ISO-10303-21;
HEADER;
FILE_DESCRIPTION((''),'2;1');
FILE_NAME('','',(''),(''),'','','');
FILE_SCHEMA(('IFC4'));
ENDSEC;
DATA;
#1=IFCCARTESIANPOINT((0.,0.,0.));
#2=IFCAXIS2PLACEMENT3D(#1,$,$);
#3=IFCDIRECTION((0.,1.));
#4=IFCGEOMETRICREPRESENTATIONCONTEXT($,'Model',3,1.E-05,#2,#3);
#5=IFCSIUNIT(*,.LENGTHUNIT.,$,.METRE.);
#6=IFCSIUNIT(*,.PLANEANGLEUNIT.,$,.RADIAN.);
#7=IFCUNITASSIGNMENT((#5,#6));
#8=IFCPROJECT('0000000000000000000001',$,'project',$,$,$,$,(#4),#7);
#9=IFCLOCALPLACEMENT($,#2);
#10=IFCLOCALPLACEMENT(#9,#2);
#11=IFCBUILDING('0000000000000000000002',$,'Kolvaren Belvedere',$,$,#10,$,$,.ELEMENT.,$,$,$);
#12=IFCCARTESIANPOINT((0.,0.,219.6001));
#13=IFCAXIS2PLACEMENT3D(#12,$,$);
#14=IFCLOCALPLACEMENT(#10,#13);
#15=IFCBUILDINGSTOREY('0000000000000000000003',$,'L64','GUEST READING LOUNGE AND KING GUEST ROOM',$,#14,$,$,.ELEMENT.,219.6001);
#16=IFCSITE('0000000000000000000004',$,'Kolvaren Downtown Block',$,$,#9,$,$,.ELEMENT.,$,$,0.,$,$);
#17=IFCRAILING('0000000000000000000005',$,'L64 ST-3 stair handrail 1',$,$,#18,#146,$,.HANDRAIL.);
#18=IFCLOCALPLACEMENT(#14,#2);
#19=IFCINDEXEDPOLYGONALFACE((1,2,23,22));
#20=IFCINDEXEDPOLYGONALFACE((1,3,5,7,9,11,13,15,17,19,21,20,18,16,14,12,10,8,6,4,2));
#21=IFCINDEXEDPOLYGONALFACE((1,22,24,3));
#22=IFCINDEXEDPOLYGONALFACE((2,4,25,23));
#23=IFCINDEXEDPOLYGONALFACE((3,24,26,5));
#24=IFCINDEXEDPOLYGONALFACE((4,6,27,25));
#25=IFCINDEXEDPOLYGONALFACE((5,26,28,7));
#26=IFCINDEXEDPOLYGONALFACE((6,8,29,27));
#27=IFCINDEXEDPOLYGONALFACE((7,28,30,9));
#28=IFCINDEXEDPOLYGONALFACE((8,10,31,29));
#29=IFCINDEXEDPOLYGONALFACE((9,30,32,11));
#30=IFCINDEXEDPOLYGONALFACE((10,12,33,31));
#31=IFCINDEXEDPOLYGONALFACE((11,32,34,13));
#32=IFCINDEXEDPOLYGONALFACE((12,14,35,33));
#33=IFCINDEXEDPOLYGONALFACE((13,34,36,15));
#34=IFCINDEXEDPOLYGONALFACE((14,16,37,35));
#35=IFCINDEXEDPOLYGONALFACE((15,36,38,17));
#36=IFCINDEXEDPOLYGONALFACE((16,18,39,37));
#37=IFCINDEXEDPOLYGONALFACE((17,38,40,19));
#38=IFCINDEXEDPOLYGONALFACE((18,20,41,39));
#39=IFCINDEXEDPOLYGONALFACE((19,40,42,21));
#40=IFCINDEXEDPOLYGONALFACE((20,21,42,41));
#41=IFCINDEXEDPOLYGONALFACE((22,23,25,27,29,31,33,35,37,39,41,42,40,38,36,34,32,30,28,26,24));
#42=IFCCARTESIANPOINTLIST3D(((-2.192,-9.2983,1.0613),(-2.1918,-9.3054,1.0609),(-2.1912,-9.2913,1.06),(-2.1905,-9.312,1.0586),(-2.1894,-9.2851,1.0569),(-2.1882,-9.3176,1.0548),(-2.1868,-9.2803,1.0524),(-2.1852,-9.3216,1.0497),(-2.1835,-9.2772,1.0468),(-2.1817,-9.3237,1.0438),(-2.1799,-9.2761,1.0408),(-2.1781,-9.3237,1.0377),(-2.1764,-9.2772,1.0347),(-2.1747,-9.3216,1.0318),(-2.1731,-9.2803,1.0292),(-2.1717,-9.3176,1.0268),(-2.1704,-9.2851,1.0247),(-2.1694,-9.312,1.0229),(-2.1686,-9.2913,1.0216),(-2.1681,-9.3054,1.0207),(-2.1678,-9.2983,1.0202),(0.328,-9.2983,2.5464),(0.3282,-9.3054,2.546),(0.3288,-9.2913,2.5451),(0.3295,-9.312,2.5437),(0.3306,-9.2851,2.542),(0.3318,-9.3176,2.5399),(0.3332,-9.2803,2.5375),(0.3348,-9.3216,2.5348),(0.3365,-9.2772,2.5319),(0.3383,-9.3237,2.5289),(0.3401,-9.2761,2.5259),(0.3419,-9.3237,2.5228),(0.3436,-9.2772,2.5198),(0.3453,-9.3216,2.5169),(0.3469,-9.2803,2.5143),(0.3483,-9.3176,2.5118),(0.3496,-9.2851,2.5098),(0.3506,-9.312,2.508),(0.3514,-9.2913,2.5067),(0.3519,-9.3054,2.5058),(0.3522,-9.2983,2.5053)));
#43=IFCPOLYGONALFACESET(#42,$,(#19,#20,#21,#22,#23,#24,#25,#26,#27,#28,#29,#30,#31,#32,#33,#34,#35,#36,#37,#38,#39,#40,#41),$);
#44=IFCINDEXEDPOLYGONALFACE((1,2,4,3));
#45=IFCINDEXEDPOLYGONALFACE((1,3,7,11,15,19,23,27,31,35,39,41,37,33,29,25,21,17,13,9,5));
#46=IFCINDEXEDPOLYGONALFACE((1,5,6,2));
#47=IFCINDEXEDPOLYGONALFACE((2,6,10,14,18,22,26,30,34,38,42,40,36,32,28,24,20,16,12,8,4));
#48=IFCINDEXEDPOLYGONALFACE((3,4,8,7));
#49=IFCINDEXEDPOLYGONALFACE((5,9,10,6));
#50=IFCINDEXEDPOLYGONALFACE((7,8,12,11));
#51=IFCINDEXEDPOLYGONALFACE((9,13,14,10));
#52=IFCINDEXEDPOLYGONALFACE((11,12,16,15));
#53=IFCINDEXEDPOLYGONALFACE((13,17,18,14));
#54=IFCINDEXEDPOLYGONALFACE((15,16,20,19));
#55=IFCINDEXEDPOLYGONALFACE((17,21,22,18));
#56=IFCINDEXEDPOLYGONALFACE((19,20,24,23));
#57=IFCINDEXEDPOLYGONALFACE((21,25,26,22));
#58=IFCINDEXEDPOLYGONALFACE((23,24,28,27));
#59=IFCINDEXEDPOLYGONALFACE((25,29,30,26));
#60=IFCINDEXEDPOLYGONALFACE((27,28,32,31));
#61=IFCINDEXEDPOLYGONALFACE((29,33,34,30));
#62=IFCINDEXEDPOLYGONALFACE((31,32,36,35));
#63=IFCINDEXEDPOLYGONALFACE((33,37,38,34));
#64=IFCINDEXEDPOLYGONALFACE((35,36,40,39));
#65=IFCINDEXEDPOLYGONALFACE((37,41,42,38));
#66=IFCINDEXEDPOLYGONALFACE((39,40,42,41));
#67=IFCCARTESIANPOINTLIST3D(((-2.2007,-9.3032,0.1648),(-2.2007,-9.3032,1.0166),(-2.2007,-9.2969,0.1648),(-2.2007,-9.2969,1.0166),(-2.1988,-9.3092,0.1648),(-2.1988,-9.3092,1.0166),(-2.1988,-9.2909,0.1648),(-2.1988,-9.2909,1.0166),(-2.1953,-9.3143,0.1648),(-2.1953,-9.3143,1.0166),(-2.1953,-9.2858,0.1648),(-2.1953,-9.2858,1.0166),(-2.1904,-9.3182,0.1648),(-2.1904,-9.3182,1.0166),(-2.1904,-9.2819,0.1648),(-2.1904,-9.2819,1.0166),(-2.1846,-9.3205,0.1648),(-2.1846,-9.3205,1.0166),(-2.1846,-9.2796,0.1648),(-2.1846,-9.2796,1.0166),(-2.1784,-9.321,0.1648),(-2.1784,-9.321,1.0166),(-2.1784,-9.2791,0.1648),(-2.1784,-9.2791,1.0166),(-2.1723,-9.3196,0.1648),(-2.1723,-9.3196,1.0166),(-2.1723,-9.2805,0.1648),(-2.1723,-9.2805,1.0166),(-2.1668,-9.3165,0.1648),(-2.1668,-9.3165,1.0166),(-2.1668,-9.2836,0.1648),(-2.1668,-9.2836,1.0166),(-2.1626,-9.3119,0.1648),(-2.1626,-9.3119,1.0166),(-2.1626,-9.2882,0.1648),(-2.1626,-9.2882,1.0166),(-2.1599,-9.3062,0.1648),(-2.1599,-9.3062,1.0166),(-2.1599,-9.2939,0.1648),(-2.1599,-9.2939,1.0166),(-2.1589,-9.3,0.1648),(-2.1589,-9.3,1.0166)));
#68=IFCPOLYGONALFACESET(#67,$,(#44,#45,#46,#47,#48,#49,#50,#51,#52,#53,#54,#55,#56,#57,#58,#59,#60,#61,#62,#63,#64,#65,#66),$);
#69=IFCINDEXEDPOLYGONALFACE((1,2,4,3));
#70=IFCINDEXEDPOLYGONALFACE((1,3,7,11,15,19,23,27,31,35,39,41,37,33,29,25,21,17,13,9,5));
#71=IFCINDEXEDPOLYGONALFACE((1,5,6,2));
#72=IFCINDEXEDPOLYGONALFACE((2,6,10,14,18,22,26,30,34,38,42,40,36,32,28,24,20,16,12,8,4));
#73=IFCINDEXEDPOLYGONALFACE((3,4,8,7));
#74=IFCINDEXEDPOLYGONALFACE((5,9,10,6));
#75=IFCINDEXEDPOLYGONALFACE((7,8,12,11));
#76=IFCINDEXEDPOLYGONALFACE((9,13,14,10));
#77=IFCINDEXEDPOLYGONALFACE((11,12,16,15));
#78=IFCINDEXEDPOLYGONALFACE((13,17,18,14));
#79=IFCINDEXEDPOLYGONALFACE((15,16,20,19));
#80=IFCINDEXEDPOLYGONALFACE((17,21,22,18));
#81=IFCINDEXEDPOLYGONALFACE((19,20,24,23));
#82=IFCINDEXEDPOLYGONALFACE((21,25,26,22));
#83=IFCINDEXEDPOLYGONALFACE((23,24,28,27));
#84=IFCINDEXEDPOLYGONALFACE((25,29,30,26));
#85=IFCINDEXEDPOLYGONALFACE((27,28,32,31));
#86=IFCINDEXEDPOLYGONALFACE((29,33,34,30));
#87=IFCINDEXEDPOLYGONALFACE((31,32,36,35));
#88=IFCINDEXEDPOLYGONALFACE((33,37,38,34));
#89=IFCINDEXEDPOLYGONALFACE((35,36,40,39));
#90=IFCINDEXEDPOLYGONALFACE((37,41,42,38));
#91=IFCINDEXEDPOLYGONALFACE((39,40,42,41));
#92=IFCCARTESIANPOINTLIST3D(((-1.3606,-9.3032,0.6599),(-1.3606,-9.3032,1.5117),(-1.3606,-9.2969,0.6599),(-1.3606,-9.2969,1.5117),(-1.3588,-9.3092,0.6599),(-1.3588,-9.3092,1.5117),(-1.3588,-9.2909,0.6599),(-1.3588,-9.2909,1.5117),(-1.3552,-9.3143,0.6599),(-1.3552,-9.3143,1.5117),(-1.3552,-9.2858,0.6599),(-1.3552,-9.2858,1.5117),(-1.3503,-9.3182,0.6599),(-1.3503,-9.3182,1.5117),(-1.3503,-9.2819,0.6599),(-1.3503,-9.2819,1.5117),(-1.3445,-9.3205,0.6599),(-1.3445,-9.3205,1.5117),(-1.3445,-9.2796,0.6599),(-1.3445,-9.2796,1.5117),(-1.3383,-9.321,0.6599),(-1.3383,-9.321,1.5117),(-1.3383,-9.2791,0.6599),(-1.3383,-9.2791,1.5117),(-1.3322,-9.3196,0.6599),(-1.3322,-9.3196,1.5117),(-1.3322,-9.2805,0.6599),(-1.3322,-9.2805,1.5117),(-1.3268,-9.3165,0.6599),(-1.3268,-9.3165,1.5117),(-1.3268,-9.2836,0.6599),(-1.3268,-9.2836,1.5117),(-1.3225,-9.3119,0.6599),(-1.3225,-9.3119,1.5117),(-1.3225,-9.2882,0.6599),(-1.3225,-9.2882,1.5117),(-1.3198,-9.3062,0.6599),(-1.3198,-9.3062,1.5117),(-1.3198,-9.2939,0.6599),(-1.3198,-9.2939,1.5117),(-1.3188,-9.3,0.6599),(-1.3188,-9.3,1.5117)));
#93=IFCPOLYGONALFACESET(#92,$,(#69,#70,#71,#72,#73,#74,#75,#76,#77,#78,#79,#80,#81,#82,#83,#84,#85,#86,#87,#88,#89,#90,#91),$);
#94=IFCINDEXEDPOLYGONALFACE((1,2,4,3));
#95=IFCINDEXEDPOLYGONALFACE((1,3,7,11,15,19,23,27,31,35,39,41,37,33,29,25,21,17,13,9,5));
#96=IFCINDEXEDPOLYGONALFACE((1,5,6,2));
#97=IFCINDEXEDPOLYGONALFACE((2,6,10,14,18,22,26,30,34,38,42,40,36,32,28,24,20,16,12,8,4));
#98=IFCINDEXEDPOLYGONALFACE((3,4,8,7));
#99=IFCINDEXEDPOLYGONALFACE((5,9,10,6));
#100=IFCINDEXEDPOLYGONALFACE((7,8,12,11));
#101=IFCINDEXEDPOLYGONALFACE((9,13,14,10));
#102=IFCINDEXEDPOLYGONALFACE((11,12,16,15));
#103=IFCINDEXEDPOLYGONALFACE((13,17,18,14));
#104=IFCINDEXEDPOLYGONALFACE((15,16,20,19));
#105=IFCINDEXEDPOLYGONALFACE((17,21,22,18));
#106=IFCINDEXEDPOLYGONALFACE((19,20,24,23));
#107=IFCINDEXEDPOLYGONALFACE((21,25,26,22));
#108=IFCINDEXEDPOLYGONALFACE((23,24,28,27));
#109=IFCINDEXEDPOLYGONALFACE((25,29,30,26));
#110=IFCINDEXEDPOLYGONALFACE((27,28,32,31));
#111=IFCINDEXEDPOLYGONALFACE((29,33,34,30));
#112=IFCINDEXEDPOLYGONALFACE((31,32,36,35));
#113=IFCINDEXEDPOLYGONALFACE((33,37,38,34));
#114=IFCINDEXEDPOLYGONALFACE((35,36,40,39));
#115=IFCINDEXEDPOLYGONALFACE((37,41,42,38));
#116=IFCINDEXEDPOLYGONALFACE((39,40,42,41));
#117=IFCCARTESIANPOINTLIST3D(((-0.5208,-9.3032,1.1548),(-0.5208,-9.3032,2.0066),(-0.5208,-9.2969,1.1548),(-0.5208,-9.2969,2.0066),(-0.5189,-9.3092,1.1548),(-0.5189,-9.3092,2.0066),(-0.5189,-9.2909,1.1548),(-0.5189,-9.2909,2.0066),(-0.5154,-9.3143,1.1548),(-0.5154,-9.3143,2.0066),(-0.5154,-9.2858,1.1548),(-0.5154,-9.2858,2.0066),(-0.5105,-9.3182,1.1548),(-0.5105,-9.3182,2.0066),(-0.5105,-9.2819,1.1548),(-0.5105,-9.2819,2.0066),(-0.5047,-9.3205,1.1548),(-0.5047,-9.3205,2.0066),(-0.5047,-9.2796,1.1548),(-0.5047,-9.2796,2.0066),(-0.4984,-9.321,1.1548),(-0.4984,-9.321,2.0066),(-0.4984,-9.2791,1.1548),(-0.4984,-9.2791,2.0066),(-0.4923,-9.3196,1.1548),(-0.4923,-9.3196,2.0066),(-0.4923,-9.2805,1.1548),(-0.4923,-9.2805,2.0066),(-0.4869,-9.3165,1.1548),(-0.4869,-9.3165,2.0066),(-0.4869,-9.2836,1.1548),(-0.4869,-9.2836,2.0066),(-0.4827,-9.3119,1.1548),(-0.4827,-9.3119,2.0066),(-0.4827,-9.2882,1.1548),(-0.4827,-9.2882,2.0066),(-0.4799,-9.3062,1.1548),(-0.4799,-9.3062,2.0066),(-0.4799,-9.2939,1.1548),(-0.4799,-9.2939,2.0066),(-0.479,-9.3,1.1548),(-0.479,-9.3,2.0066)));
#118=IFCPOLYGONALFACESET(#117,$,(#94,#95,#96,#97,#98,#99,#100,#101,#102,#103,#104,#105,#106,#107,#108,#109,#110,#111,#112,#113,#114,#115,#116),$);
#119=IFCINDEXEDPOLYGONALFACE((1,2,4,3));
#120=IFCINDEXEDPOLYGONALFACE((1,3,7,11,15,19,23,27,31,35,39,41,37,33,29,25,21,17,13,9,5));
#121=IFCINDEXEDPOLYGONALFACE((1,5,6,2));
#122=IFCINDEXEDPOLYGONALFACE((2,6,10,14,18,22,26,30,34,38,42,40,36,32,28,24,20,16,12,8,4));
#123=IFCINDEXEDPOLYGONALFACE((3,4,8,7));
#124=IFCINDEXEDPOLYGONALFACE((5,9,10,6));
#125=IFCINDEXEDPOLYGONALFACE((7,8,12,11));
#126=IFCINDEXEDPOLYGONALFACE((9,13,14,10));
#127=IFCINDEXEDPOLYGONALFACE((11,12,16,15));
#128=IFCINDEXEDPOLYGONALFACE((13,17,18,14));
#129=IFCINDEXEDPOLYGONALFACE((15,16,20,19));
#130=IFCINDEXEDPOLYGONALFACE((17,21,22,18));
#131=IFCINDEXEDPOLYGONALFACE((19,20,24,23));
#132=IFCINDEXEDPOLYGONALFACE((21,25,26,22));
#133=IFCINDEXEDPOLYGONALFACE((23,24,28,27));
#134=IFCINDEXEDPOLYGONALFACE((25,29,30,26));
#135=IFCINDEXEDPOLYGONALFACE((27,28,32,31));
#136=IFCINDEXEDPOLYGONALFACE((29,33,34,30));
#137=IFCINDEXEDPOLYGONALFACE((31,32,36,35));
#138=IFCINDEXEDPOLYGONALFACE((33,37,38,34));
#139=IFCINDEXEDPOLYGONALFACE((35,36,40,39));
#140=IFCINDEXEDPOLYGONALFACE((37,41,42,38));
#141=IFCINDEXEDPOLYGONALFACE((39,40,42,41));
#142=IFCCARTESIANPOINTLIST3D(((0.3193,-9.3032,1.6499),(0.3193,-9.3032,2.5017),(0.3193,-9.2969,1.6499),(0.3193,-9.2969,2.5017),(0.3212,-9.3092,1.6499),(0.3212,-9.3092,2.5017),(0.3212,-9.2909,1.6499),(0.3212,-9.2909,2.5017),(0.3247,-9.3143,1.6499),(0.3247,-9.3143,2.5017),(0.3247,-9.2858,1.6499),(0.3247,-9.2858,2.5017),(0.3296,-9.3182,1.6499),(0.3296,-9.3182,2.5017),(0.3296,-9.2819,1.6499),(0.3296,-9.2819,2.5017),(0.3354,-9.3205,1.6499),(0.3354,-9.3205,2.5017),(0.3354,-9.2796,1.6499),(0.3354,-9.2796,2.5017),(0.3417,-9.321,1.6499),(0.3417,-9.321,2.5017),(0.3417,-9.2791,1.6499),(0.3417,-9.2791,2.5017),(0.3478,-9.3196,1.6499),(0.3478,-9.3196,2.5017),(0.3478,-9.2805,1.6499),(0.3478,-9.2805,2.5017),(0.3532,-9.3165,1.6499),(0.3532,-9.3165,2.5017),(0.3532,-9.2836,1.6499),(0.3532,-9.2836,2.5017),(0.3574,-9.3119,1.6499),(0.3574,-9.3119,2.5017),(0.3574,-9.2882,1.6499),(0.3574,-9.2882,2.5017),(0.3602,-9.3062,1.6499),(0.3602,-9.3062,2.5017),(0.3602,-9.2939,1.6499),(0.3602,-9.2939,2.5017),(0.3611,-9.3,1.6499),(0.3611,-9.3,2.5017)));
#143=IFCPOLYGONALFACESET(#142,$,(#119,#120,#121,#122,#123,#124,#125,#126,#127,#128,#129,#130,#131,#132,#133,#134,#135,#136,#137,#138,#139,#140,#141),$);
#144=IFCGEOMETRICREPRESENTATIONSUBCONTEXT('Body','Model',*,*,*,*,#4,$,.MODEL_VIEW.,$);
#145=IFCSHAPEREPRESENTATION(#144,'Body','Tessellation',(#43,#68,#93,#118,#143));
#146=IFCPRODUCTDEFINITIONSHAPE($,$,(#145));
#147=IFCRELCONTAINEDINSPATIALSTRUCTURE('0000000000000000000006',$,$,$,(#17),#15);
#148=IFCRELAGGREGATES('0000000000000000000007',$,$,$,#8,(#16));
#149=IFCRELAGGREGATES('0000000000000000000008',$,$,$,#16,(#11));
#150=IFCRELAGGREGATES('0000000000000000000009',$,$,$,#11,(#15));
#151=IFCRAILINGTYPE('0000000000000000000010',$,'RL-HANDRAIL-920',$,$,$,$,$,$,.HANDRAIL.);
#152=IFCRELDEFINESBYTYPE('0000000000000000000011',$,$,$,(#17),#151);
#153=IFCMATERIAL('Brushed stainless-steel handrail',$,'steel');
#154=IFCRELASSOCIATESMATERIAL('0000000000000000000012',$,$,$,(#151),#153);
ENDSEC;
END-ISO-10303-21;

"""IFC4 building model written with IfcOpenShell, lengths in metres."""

from ifc_helpers import new_model, si_unit, direction, frame, origin, origin_2d, place, context, subcontext, project, spatial, circle, extrude, material, type_object, element, save


model = new_model("IFC4")

# Units and contexts
model_context = context("Model", 3, precision=1e-05, world=origin(), true_north=direction((0.0, 1.0)))
body_context = subcontext(model_context, "Body", "Model", "MODEL_VIEW")
ifc_project = project(units=[si_unit("LENGTHUNIT", "METRE"), si_unit("PLANEANGLEUNIT", "RADIAN")], contexts=[model_context])

# Site, building, storey
site_placement = place(None, origin())
site = spatial("IfcSite", under=ifc_project, at=site_placement, Name="Kolvaren Downtown Block", CompositionType="ELEMENT", RefElevation=0.0)
building_placement = place(site_placement, origin())
building = spatial("IfcBuilding", under=site, at=building_placement, Name="Kolvaren Belvedere", CompositionType="ELEMENT")
storey_placement = place(building_placement, frame((0.0, 0.0, 219.6001)))
storey = spatial("IfcBuildingStorey", under=building, at=storey_placement, Name="L64", Description="GUEST READING LOUNGE AND KING GUEST ROOM", CompositionType="ELEMENT", Elevation=219.6001)

# Railing
ifc_material_1 = material(Name="Brushed stainless-steel handrail", Category="steel")
railing_type = type_object("IfcRailingType", Name="RL-HANDRAIL-920", PredefinedType="HANDRAIL", material=ifc_material_1)
railing_placement = place(storey_placement, frame((-2.1799, -9.3, 0.1648)))
element("IfcRailing", 1, at=railing_placement, inside=storey, type_object=railing_type, Name="L64 ST-3 stair handrail 1", PredefinedType="HANDRAIL", context=body_context, shape_type="SweptSolid", body=[
    extrude(circle(Radius=0.0239, at=origin_2d()), frame((0.0, 0.0, 0.876), z_axis=(0.861524, 0.0, 0.507717), x_axis=(0.0, 1.0, 0.0)), (0.0, 0.0, 1.0), 2.925),
    extrude(circle(Radius=0.021, at=origin_2d()), origin(), (0.0, 0.0, 1.0), 0.8518),
    extrude(circle(Radius=0.021, at=origin_2d()), frame((0.8401, 0.0, 0.4951)), (0.0, 0.0, 1.0), 0.8518),
    extrude(circle(Radius=0.021, at=origin_2d()), frame((1.6799, 0.0, 0.99)), (0.0, 0.0, 1.0), 0.8518),
    extrude(circle(Radius=0.021, at=origin_2d()), frame((2.52, 0.0, 1.4851)), (0.0, 0.0, 1.0), 0.8518),
])

save(model, "model.ifc")
